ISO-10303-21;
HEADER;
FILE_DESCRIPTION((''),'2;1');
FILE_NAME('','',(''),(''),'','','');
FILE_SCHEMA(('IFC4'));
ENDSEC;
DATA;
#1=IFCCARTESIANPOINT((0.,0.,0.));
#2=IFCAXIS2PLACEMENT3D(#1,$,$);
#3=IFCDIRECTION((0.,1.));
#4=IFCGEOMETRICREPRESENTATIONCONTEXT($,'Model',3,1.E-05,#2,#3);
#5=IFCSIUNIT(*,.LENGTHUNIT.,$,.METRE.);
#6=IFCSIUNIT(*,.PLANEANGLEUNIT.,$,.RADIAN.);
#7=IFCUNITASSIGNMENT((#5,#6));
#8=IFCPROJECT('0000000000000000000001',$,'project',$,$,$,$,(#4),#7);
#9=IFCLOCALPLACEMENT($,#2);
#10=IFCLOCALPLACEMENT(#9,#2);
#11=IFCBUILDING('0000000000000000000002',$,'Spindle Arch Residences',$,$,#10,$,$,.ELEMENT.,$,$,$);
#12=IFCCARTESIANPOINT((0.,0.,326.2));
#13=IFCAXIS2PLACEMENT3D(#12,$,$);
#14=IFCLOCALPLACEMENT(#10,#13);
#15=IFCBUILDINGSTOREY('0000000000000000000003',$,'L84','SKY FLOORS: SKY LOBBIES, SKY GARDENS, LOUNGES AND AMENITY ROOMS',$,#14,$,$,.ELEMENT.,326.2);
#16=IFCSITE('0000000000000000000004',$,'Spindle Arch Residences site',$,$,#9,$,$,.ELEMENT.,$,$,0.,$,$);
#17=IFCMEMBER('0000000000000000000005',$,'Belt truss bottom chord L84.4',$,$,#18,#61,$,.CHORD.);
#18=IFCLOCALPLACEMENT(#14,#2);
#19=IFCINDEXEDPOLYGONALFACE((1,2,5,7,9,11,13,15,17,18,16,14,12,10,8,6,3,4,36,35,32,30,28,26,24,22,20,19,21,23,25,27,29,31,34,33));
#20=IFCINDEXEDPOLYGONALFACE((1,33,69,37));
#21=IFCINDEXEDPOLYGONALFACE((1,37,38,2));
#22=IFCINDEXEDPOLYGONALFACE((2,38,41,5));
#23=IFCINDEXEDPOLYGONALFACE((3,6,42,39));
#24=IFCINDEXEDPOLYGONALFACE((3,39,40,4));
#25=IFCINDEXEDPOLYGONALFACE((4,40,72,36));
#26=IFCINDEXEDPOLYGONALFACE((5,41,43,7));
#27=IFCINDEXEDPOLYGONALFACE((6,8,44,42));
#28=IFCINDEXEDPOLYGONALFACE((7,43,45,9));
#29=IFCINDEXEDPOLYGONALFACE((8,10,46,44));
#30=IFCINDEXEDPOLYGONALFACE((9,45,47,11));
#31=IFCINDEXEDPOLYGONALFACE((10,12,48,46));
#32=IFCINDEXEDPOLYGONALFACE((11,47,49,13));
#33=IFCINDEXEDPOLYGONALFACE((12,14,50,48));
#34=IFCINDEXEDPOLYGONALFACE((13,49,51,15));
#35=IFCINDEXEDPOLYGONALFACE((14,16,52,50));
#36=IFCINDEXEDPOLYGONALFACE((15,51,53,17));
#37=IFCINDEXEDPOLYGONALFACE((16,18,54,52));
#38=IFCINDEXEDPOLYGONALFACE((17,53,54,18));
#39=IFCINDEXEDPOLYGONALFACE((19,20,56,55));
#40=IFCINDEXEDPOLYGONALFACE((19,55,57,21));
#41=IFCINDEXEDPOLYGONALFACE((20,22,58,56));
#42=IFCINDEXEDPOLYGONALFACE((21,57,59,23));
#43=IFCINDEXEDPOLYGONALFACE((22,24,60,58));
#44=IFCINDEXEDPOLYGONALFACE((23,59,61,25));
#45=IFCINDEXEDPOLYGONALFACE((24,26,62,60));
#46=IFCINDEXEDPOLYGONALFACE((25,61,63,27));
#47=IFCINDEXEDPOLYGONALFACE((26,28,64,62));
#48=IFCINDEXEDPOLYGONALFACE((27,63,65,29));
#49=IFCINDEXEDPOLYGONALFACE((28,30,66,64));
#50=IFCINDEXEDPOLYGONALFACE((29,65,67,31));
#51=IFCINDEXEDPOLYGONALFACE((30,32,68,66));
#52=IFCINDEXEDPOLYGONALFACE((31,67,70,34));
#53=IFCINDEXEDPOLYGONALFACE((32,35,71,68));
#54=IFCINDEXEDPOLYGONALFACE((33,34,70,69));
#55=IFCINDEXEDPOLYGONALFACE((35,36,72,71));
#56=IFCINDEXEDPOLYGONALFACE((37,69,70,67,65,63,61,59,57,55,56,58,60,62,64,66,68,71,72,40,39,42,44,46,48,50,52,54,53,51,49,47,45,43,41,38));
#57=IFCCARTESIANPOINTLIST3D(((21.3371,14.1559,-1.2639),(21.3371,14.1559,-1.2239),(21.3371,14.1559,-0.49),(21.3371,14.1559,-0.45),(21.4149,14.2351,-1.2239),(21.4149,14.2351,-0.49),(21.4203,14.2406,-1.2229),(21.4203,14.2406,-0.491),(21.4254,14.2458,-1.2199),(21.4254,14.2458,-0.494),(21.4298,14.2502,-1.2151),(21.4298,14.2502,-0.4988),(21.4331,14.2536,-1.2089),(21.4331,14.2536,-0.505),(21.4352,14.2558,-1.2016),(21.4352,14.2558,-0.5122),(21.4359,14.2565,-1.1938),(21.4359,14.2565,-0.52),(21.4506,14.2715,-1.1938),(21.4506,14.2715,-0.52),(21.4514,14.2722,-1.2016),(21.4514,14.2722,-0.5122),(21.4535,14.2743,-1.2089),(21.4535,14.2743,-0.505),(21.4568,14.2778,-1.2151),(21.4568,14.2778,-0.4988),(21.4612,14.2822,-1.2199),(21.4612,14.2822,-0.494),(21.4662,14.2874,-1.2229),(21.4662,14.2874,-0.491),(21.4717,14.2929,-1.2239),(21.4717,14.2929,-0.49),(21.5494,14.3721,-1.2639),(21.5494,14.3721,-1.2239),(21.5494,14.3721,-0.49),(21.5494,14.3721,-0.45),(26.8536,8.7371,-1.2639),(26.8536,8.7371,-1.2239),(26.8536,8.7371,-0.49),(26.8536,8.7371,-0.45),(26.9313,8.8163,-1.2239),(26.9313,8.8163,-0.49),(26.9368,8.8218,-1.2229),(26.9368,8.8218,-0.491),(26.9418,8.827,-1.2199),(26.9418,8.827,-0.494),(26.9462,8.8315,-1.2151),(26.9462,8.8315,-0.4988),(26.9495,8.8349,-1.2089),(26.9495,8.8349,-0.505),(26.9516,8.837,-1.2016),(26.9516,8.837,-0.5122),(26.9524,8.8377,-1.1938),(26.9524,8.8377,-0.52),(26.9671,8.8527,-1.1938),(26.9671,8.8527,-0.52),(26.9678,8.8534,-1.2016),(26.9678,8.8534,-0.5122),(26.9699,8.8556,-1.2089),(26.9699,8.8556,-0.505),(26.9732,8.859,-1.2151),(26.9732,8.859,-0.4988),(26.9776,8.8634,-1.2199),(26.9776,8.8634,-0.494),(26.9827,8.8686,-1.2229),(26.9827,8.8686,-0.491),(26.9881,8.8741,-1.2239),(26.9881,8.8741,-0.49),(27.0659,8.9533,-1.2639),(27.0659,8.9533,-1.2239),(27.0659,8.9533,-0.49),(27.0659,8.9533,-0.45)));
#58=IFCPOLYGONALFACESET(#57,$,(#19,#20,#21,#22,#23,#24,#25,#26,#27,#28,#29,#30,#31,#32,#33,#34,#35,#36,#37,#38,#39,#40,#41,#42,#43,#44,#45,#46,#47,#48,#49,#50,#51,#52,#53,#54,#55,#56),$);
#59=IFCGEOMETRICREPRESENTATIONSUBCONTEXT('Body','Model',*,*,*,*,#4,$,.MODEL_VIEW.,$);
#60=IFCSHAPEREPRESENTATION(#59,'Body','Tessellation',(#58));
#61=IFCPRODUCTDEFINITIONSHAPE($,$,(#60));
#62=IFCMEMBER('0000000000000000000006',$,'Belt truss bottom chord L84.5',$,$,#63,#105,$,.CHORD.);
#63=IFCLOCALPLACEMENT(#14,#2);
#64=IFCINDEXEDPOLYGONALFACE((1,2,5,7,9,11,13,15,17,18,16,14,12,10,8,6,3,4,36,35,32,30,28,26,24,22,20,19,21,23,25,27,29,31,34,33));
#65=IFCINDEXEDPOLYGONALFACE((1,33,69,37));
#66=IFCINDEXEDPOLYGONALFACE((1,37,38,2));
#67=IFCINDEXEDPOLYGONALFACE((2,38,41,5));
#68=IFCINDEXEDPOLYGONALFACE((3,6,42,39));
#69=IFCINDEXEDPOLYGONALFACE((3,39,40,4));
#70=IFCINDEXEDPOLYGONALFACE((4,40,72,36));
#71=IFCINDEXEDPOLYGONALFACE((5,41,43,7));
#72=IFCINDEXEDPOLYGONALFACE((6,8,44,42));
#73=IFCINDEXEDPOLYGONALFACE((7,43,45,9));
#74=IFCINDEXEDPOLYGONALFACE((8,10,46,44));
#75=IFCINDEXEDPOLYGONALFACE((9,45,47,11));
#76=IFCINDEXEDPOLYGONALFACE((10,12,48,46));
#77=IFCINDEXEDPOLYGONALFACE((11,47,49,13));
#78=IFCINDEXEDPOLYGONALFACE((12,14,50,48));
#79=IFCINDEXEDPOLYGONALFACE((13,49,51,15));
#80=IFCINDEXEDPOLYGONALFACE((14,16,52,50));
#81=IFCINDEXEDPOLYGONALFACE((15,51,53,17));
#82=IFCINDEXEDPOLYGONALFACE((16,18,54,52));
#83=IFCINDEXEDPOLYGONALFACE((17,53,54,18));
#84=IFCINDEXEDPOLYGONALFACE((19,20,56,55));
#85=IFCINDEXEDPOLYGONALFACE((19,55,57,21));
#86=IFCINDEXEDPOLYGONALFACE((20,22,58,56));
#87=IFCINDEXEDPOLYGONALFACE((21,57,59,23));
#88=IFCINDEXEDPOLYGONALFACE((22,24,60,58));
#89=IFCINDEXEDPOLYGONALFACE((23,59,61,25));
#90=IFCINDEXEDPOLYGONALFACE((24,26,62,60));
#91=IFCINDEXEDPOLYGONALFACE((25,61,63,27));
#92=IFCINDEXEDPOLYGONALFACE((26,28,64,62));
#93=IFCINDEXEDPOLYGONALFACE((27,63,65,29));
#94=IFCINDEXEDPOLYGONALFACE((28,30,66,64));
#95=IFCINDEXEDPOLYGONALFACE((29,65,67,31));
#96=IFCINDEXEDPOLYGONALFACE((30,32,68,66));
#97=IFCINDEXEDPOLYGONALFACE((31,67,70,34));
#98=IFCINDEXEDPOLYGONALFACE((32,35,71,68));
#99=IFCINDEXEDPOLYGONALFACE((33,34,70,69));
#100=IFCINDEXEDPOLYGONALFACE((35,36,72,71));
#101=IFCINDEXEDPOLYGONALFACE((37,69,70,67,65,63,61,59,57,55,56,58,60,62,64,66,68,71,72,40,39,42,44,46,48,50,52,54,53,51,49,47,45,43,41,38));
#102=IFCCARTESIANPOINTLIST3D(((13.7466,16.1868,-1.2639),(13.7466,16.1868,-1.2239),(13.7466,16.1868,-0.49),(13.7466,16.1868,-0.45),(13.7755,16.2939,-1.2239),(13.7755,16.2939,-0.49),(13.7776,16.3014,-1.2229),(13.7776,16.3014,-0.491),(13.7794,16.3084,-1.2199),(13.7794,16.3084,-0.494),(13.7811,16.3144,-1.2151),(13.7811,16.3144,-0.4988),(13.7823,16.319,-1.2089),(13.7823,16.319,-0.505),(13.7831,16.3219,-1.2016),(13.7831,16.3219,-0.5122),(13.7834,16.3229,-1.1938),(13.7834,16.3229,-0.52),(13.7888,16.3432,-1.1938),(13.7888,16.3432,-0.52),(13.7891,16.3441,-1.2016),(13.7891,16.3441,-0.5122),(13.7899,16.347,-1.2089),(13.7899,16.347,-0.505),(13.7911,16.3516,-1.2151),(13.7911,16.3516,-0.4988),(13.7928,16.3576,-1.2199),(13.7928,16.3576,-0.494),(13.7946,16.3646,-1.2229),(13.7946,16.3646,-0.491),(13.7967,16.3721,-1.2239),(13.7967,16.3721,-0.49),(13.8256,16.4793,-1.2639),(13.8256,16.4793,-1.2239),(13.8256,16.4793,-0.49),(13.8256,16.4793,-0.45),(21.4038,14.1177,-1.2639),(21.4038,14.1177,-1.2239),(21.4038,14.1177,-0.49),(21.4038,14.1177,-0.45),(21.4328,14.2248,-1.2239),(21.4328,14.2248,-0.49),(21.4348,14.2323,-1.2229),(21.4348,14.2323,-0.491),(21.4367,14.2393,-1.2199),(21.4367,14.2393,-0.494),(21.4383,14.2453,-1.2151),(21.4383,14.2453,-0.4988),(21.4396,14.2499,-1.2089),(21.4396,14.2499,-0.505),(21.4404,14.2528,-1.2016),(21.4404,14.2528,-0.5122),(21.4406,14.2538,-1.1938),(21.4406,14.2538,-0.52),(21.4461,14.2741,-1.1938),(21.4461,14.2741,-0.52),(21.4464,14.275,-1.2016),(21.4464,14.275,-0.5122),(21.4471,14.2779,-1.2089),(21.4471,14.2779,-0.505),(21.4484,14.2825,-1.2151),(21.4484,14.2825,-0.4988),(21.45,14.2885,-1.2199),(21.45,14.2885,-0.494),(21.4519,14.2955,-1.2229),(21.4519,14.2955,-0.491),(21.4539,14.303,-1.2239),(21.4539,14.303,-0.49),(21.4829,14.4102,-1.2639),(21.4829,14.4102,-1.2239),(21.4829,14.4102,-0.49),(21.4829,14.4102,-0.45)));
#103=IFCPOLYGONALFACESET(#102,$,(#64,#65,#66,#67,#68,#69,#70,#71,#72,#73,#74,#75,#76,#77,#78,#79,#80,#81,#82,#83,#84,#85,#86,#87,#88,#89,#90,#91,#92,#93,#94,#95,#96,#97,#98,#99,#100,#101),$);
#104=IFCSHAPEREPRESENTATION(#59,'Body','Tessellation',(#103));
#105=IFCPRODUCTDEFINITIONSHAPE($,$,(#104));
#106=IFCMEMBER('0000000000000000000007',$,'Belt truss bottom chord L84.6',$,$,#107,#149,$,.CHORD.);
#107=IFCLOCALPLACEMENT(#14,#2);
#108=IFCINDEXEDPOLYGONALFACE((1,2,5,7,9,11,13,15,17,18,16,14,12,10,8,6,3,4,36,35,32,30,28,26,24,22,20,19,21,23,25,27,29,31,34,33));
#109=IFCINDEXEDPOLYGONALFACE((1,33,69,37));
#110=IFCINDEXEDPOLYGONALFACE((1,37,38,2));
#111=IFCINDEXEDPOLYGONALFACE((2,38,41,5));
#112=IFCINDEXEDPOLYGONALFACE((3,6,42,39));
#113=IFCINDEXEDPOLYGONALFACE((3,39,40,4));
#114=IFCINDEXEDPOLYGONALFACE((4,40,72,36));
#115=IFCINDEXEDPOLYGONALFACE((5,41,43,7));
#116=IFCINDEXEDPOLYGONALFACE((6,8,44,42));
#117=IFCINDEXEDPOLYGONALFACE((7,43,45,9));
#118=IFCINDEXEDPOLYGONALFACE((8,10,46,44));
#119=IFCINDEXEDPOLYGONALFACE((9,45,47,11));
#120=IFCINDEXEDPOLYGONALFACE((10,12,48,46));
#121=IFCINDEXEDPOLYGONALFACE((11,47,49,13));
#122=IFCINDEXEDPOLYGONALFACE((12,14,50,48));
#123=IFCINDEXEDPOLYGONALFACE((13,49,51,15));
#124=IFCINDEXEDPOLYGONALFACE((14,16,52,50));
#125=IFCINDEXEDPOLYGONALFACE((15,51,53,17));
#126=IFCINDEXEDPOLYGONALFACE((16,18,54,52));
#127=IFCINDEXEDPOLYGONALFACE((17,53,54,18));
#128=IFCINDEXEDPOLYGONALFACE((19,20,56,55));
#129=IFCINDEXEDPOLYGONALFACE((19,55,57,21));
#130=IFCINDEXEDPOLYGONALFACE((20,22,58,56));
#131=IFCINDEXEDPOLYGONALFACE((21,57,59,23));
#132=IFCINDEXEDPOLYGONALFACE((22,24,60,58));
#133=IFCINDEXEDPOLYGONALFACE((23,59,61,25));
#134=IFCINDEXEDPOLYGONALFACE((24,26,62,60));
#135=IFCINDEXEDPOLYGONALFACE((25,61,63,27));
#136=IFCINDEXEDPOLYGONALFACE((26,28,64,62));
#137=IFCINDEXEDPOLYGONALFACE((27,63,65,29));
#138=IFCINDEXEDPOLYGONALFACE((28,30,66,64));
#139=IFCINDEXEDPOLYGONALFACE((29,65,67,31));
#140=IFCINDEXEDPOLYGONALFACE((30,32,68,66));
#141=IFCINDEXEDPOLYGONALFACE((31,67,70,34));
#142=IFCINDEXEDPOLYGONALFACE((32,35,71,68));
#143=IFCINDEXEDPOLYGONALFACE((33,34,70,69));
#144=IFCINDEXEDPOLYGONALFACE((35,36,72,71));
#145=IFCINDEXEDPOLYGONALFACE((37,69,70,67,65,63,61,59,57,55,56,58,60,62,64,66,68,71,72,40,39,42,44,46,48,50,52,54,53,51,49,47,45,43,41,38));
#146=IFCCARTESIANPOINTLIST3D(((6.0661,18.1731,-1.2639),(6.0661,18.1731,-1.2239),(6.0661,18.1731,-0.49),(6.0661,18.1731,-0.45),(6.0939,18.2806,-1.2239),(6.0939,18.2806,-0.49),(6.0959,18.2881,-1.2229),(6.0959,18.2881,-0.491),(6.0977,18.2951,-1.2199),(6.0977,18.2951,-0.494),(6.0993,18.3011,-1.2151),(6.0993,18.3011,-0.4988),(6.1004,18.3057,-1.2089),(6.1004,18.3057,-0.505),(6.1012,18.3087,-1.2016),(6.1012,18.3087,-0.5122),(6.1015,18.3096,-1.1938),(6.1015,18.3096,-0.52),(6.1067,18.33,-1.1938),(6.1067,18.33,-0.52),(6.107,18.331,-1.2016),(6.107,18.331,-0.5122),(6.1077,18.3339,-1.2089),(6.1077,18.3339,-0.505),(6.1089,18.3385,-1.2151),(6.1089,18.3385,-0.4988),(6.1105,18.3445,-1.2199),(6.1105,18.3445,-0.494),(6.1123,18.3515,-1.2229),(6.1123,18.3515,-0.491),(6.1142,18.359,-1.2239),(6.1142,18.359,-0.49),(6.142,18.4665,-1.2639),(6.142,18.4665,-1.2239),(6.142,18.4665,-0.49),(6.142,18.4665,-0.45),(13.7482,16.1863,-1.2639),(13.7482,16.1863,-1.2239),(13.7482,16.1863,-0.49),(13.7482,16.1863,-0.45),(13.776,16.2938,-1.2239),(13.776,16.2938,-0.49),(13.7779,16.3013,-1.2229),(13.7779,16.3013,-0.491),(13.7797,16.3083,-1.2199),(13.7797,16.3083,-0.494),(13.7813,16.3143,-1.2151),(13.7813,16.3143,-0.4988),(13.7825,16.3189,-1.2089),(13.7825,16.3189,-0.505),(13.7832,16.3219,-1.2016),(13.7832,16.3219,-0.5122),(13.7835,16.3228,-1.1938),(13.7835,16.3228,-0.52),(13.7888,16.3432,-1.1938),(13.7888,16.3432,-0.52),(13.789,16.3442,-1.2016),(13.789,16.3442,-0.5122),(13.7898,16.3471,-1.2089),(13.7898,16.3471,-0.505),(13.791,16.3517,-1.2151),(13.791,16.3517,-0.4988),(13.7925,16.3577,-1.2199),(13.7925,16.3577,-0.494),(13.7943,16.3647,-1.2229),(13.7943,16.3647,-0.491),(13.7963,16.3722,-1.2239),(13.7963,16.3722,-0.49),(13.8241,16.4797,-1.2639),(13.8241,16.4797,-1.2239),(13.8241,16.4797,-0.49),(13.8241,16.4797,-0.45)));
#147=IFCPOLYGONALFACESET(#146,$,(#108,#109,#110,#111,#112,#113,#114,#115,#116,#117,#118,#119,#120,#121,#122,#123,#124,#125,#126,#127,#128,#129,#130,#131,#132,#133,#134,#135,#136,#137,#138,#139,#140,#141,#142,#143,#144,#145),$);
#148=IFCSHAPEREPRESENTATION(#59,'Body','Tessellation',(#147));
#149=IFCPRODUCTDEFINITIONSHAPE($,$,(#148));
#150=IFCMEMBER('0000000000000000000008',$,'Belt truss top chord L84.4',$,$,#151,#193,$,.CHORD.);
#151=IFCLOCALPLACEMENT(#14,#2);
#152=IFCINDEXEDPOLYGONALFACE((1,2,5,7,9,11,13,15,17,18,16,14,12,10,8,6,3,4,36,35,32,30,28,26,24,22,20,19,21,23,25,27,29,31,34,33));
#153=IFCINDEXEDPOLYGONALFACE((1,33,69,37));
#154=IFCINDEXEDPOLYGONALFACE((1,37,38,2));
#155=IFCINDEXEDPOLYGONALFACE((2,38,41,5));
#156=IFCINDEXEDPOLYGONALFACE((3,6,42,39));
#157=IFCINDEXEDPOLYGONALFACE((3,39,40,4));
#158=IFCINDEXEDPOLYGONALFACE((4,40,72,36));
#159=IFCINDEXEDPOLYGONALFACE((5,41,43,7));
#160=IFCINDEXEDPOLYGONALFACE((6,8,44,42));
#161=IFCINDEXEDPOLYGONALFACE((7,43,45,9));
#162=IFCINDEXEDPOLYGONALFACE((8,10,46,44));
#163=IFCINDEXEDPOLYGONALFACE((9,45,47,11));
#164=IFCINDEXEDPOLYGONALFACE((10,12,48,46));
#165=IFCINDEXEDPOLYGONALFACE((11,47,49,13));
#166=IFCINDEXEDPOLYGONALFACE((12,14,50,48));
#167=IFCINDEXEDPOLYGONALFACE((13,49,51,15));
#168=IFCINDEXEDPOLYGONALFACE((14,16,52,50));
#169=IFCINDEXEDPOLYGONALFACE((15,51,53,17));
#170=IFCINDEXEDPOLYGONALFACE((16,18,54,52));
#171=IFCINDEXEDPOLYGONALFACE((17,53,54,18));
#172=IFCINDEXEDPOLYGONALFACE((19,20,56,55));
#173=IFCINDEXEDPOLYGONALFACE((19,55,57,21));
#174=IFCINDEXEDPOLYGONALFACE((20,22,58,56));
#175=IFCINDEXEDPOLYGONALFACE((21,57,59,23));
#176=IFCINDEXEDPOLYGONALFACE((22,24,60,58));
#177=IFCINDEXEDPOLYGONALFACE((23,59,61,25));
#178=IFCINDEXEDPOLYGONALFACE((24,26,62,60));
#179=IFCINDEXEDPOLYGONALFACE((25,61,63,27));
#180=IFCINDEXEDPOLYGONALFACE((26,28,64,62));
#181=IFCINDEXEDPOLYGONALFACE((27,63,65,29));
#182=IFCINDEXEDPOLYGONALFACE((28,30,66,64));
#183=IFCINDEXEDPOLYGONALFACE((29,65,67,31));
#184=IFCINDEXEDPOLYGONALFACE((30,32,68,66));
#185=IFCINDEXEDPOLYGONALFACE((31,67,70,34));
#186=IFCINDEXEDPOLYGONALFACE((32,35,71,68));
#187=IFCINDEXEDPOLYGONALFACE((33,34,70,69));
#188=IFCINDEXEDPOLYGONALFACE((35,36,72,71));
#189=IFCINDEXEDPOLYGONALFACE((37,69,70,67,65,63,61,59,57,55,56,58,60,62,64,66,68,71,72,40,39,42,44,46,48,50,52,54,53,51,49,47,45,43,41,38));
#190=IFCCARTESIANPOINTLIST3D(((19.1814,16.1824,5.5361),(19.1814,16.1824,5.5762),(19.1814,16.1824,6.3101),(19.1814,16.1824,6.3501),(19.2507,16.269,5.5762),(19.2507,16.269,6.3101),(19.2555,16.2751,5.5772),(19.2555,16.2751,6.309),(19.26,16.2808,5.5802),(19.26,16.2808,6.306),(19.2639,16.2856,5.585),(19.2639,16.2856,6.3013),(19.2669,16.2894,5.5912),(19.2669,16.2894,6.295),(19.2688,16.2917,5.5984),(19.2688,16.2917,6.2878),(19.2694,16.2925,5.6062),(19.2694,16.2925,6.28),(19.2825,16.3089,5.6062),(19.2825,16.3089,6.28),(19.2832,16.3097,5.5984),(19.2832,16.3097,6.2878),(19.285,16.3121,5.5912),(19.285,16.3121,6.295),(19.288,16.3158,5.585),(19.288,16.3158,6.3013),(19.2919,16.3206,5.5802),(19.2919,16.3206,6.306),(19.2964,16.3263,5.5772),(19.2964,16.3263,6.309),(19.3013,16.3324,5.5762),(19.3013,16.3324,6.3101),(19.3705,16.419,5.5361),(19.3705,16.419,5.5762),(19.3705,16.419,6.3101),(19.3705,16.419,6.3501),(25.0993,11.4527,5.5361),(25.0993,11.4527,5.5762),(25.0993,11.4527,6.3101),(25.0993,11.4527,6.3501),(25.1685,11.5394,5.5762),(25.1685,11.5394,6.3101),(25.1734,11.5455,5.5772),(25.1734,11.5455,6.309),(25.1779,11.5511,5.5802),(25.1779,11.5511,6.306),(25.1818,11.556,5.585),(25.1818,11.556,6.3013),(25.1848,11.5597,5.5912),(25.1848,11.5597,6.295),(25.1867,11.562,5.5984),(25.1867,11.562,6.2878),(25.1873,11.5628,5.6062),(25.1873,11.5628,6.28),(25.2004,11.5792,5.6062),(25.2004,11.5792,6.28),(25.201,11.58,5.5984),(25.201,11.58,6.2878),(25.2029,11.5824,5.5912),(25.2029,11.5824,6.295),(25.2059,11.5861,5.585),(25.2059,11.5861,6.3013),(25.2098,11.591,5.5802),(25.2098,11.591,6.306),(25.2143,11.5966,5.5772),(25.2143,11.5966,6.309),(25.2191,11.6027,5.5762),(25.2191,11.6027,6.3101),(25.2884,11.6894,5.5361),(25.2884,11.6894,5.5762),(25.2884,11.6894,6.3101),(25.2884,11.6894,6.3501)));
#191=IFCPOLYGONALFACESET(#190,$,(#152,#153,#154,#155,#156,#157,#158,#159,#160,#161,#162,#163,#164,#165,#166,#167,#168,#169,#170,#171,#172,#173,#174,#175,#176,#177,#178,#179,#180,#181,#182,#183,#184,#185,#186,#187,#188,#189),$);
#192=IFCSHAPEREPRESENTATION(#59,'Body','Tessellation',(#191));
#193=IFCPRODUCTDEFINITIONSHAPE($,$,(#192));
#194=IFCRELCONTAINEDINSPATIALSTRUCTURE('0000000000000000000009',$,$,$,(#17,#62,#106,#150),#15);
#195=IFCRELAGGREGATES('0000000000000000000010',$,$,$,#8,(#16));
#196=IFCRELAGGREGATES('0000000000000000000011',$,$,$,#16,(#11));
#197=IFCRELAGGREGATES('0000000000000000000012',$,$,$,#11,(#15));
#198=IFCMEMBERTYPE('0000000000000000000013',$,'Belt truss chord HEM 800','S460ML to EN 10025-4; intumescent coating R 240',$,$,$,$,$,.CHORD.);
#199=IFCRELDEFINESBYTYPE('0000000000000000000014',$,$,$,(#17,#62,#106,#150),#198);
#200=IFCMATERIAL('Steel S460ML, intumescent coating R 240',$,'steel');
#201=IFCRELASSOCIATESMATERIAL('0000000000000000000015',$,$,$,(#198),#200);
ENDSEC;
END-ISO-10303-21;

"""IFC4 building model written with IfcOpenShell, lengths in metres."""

from ifc_helpers import new_model, si_unit, direction, frame, origin, origin_2d, place, context, subcontext, project, spatial, i_section, extrude, material, material_profile, profile_set, type_object, element, save


model = new_model("IFC4")

# Units and contexts
model_context = context("Model", 3, precision=1e-05, world=origin(), true_north=direction((0.0, 1.0)))
body_context = subcontext(model_context, "Body", "Model", "MODEL_VIEW")
ifc_project = project(units=[si_unit("LENGTHUNIT", "METRE"), si_unit("PLANEANGLEUNIT", "RADIAN")], contexts=[model_context])

# Site, building, storey
site_placement = place(None, origin())
site = spatial("IfcSite", under=ifc_project, at=site_placement, Name="Spindle Arch Residences site", CompositionType="ELEMENT", RefElevation=0.0)
building_placement = place(site_placement, origin())
building = spatial("IfcBuilding", under=site, at=building_placement, Name="Spindle Arch Residences", CompositionType="ELEMENT")
storey_placement = place(building_placement, frame((0.0, 0.0, 326.2)))
storey = spatial("IfcBuildingStorey", under=building, at=storey_placement, Name="L84", Description="SKY FLOORS: SKY LOBBIES, SKY GARDENS, LOUNGES AND AMENITY ROOMS", CompositionType="ELEMENT", Elevation=326.2)

# Members
ifc_material_1 = material(Name="Steel S460ML, intumescent coating R 240", Category="steel")
ifc_material_profile_1 = material_profile(ifc_material_1, i_section(OverallWidth=0.303, OverallDepth=0.814, WebThickness=0.021, FlangeThickness=0.04, FilletRadius=0.03, at=origin_2d()), Name="HEM 800")
ifc_profile_set_1 = profile_set([ifc_material_profile_1], Name="Steel S460ML, intumescent coating R 240")
member_type_1 = type_object("IfcMemberType", Name="Belt truss chord HEM 800", Description="S460ML to EN 10025-4; intumescent coating R 240", PredefinedType="CHORD", material=ifc_profile_set_1)
member_1_placement = place(storey_placement, frame((26.9597, 8.8452, -0.8569), z_axis=(-0.713393, 0.700764, 0.0), x_axis=(-0.700764, -0.713393, 0.0)))
element("IfcMember", 1, at=member_1_placement, inside=storey, type_object=member_type_1, Name="Belt truss bottom chord L84.4", PredefinedType="CHORD", context=body_context, shape_type="SweptSolid", body=[
    extrude(i_section(OverallWidth=0.303, OverallDepth=0.814, WebThickness=0.021, FlangeThickness=0.04, FilletRadius=0.03, at=origin_2d()), origin(), (0.0, 0.0, 1.0), 7.7327),
])
member_2_placement = place(storey_placement, frame((21.4434, 14.2639, -0.8569), z_axis=(-0.965377, 0.260859, 0.0), x_axis=(-0.260859, -0.965377, 0.0)))
element("IfcMember", 2, at=member_2_placement, inside=storey, type_object=member_type_1, Name="Belt truss bottom chord L84.5", PredefinedType="CHORD", context=body_context, shape_type="SweptSolid", body=[
    extrude(i_section(OverallWidth=0.303, OverallDepth=0.814, WebThickness=0.021, FlangeThickness=0.04, FilletRadius=0.03, at=origin_2d()), origin(), (0.0, 0.0, 1.0), 7.9319),
])
member_3_placement = place(storey_placement, frame((13.7861, 16.333, -0.8569), z_axis=(-0.968145, 0.25039, 0.0), x_axis=(-0.25039, -0.968145, 0.0)))
element("IfcMember", 3, at=member_3_placement, inside=storey, type_object=member_type_1, Name="Belt truss bottom chord L84.6", PredefinedType="CHORD", context=body_context, shape_type="SweptSolid", body=[
    extrude(i_section(OverallWidth=0.303, OverallDepth=0.814, WebThickness=0.021, FlangeThickness=0.04, FilletRadius=0.03, at=origin_2d()), origin(), (0.0, 0.0, 1.0), 7.9348),
])
member_4_placement = place(storey_placement, frame((25.1938, 11.571, 5.9431), z_axis=(-0.781167, 0.624322, 0.0), x_axis=(-0.624322, -0.781167, 0.0)))
element("IfcMember", 4, at=member_4_placement, inside=storey, type_object=member_type_1, Name="Belt truss top chord L84.4", PredefinedType="CHORD", context=body_context, shape_type="SweptSolid", body=[
    extrude(i_section(OverallWidth=0.303, OverallDepth=0.814, WebThickness=0.021, FlangeThickness=0.04, FilletRadius=0.03, at=origin_2d()), origin(), (0.0, 0.0, 1.0), 7.5757),
])

save(model, "model.ifc")
